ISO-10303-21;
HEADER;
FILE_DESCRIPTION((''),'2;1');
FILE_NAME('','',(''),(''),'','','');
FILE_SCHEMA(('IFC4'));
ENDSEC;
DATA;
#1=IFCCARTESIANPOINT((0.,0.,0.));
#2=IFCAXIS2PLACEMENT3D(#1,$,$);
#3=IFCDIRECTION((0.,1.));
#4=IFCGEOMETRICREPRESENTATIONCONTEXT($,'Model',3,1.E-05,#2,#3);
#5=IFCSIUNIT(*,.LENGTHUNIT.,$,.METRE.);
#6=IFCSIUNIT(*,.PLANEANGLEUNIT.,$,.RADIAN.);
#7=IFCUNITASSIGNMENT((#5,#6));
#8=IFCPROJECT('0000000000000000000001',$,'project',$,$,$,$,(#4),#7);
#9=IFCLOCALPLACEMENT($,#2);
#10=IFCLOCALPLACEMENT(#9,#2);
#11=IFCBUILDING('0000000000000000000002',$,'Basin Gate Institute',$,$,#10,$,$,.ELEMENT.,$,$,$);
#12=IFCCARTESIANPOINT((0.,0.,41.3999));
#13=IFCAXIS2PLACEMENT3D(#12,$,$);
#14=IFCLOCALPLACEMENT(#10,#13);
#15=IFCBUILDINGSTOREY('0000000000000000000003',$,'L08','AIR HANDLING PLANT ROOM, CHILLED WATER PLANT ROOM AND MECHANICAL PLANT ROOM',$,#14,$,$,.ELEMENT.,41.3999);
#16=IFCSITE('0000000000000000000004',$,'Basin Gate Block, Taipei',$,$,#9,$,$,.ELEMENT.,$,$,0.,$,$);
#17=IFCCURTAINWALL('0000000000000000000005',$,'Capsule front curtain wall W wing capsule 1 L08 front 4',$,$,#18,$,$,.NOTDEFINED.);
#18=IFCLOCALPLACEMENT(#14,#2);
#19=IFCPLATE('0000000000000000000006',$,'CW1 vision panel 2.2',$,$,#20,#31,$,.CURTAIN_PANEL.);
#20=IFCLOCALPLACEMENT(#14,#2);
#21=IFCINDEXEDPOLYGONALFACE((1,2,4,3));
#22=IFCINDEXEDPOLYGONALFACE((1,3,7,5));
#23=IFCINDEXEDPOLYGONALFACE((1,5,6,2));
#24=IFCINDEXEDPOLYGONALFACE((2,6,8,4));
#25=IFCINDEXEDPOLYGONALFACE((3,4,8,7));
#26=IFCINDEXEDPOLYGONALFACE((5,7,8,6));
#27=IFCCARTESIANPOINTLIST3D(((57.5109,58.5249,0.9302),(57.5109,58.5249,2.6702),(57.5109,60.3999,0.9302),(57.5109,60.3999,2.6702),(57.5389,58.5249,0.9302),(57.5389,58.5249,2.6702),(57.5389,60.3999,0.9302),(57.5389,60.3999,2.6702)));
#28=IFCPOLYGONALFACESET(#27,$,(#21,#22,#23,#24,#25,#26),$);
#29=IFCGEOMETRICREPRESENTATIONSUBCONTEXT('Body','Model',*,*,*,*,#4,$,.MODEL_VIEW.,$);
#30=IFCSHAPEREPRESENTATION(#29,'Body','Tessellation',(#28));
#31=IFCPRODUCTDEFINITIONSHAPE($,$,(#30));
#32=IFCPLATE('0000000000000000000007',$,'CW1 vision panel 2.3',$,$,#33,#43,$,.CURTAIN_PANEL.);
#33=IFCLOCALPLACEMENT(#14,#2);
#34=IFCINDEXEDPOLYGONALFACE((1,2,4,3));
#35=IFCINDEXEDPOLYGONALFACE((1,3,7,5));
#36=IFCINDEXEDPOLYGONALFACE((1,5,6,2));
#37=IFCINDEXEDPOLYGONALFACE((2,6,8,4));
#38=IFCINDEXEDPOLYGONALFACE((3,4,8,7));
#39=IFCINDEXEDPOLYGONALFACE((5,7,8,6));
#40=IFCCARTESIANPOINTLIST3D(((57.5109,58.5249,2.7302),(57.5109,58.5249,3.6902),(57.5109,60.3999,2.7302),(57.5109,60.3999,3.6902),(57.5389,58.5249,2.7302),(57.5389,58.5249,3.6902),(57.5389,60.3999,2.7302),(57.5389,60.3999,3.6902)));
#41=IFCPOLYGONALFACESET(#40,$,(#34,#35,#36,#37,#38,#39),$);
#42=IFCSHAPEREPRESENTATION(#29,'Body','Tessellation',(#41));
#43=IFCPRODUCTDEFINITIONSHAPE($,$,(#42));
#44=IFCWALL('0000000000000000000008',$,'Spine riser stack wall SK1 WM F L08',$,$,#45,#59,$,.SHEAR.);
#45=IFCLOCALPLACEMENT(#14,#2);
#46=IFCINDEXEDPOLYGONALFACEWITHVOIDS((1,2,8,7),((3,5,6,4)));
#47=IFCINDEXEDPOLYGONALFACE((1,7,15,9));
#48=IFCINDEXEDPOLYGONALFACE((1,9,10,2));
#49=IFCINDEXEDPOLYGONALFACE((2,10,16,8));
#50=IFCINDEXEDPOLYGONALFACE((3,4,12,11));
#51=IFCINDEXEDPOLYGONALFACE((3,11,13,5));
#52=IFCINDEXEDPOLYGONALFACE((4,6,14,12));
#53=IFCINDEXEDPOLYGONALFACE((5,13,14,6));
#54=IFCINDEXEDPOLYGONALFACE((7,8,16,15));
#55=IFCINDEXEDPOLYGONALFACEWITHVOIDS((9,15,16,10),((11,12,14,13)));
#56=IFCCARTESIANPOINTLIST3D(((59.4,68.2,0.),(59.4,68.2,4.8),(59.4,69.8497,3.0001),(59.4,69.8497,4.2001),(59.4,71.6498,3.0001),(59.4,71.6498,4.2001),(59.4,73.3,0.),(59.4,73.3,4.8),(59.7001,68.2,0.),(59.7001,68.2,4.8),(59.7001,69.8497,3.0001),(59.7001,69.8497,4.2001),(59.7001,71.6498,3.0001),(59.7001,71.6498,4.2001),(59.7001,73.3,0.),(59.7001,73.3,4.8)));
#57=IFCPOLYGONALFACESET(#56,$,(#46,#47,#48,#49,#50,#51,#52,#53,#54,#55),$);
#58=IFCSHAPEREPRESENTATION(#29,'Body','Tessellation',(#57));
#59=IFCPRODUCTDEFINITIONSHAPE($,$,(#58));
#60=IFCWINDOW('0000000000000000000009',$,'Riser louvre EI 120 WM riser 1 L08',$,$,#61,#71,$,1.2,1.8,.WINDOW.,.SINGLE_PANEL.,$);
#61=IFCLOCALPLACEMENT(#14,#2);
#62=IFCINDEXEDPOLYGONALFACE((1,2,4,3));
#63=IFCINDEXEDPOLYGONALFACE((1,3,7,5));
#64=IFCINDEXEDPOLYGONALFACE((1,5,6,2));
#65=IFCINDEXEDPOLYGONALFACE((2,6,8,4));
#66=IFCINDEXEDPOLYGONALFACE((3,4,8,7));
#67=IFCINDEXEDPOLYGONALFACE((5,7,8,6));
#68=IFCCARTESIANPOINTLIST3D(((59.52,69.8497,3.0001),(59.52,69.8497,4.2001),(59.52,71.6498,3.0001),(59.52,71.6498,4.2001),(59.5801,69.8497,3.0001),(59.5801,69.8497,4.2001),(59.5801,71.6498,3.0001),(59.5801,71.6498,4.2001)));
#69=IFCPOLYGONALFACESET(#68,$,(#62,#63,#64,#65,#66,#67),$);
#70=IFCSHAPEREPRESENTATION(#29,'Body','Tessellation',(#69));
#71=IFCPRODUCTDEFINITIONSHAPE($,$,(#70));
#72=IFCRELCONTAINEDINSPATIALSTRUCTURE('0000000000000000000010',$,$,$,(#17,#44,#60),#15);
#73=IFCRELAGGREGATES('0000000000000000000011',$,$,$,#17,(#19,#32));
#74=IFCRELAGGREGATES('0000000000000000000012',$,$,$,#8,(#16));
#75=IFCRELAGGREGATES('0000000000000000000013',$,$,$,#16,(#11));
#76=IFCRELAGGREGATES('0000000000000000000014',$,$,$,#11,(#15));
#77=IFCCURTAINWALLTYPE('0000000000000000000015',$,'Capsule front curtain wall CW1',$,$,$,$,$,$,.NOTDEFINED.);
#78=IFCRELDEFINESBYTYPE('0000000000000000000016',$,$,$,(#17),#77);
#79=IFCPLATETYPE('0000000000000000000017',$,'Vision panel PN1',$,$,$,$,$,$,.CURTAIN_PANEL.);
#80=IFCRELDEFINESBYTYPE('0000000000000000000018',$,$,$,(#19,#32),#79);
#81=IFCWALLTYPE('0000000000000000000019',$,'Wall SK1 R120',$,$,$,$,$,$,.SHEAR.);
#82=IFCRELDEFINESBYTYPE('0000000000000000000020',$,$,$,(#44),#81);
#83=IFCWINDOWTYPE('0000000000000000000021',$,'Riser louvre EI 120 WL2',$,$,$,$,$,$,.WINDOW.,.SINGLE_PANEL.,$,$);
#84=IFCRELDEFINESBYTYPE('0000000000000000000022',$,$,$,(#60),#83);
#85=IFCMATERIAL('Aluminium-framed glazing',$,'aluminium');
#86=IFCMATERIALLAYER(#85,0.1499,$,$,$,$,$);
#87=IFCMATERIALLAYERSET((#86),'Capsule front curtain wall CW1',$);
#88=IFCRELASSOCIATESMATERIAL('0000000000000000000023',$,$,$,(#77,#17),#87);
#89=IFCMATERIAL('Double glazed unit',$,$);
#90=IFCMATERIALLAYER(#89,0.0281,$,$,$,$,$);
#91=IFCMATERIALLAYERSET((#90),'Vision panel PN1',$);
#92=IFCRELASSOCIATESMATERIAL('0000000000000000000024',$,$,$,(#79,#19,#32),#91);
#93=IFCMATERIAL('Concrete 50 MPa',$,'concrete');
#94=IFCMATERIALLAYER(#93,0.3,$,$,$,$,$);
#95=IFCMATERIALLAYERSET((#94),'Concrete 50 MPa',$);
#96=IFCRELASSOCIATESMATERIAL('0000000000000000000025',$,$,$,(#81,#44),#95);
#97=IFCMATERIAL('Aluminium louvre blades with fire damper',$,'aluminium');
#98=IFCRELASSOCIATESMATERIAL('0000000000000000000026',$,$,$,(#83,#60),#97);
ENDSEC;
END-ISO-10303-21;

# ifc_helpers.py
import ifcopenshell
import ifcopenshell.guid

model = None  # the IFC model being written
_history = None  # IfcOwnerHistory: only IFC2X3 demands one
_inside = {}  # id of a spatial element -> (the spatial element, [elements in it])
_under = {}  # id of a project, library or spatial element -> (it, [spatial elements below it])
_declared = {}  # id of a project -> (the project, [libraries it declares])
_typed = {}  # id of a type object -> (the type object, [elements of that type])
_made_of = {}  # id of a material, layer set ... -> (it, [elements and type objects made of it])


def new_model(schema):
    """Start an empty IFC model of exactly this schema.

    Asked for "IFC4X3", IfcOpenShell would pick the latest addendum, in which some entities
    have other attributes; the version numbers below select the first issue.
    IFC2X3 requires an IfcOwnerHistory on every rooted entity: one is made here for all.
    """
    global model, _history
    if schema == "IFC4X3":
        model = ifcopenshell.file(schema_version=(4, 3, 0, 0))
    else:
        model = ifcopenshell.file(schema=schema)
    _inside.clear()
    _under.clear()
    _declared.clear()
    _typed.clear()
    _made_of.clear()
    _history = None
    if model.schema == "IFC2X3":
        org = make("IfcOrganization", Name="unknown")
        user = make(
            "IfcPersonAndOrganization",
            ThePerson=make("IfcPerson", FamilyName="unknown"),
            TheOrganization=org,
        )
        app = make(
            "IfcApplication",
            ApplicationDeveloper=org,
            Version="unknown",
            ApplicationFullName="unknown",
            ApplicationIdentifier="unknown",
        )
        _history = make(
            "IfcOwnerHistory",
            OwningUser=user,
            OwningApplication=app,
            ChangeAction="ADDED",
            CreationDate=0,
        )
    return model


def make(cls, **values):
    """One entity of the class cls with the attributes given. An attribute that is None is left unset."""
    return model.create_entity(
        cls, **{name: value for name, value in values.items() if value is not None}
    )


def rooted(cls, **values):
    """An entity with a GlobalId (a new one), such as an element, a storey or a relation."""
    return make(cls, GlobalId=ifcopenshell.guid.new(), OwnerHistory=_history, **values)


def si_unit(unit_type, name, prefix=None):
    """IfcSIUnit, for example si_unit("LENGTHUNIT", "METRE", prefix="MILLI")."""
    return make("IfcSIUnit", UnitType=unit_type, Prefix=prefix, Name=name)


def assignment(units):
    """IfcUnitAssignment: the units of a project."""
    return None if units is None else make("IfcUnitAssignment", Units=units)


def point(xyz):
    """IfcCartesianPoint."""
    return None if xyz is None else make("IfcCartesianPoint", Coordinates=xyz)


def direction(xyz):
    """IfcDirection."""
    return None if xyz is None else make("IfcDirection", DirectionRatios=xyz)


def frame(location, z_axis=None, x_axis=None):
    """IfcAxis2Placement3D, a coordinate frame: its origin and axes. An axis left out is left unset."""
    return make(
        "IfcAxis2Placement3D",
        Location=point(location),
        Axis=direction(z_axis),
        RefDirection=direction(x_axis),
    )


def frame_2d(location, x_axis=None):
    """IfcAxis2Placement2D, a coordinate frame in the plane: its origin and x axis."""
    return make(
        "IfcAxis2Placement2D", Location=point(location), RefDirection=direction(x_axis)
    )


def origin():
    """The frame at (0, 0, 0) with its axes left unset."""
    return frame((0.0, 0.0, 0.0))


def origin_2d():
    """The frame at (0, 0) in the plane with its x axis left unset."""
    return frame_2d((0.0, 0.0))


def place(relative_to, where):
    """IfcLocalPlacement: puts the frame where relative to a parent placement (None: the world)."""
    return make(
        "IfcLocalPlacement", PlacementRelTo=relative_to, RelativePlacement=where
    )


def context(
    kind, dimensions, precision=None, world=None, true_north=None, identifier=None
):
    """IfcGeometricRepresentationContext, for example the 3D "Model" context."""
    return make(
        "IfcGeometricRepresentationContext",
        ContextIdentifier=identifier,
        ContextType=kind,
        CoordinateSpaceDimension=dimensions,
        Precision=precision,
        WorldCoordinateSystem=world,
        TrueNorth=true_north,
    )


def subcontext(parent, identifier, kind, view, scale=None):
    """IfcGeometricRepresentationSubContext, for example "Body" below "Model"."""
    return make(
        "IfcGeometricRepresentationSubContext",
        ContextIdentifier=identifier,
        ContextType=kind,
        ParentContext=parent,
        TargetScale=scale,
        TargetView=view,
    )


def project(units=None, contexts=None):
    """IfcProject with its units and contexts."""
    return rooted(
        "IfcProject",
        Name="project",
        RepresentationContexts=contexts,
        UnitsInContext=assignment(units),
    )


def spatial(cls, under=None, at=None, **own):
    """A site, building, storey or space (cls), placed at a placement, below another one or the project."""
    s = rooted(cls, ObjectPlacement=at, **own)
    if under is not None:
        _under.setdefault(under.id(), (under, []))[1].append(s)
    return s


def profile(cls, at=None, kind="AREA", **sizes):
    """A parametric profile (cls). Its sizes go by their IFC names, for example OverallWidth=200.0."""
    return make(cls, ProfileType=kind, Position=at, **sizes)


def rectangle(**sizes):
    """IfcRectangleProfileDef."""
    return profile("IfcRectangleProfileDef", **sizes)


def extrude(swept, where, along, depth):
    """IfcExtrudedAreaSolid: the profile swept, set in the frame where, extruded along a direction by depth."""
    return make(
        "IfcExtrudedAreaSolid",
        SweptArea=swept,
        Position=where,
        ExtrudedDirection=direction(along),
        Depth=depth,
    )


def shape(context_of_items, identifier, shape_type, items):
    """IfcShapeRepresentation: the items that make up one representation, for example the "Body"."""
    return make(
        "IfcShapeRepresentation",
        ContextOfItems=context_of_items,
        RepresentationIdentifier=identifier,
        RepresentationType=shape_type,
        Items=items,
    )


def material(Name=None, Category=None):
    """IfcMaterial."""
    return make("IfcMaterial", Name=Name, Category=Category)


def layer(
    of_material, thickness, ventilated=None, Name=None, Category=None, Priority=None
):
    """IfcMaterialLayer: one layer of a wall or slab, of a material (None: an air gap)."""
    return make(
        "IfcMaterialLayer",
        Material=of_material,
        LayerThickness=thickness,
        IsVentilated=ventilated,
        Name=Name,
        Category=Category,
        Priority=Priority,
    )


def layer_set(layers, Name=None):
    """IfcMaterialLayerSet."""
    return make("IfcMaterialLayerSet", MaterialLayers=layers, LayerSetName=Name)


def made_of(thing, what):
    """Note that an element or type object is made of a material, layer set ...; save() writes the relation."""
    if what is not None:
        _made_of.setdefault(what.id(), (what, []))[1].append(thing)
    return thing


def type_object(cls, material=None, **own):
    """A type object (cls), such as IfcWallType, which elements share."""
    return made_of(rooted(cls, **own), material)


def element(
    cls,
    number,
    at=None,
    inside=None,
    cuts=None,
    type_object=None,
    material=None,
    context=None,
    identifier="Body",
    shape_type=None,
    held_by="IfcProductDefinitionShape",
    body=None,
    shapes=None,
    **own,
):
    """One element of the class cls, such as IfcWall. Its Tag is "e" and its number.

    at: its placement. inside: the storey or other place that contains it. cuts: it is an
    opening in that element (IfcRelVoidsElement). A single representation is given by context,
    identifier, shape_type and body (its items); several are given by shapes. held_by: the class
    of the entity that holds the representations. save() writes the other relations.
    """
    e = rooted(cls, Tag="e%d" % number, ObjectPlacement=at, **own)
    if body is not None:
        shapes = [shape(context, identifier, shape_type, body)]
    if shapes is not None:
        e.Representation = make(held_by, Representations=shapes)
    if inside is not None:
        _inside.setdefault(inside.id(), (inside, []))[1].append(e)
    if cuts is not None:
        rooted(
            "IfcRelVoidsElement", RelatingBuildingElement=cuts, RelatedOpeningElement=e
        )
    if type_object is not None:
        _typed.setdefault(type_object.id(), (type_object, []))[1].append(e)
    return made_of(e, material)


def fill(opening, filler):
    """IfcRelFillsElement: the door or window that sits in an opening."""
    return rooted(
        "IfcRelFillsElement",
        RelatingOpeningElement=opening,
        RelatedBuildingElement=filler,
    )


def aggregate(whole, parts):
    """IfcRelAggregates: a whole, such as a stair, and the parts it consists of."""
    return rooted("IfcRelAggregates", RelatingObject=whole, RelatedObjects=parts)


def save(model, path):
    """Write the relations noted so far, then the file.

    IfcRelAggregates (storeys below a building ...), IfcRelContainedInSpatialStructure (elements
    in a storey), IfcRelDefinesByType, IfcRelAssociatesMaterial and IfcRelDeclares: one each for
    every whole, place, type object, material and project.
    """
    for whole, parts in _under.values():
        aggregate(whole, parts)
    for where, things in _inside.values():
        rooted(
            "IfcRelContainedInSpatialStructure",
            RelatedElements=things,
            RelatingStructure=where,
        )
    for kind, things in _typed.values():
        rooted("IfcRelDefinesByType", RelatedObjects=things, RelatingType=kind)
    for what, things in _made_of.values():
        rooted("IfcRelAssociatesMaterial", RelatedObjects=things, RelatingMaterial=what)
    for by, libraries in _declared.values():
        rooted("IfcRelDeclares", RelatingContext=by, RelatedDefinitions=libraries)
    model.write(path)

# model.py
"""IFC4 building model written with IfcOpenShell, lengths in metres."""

from ifc_helpers import new_model, si_unit, direction, frame, frame_2d, origin, origin_2d, place, context, subcontext, project, spatial, rectangle, extrude, material, layer, layer_set, type_object, element, fill, aggregate, save


model = new_model("IFC4")

# Units and contexts
model_context = context("Model", 3, precision=1e-05, world=origin(), true_north=direction((0.0, 1.0)))
body_context = subcontext(model_context, "Body", "Model", "MODEL_VIEW")
ifc_project = project(units=[si_unit("LENGTHUNIT", "METRE"), si_unit("PLANEANGLEUNIT", "RADIAN")], contexts=[model_context])

# Site, building, storey
site_placement = place(None, origin())
site = spatial("IfcSite", under=ifc_project, at=site_placement, Name="Basin Gate Block, Taipei", CompositionType="ELEMENT", RefElevation=0.0)
building_placement = place(site_placement, origin())
building = spatial("IfcBuilding", under=site, at=building_placement, Name="Basin Gate Institute", CompositionType="ELEMENT")
storey_placement = place(building_placement, frame((0.0, 0.0, 41.3999)))
storey = spatial("IfcBuildingStorey", under=building, at=storey_placement, Name="L08", Description="AIR HANDLING PLANT ROOM, CHILLED WATER PLANT ROOM AND MECHANICAL PLANT ROOM", CompositionType="ELEMENT", Elevation=41.3999)

# Curtain wall
ifc_material_1 = material(Name="Aluminium-framed glazing", Category="aluminium")
ifc_layer_1 = layer(ifc_material_1, 0.1499)
ifc_layer_set_1 = layer_set([ifc_layer_1], Name="Capsule front curtain wall CW1")
curtain_wall_type = type_object("IfcCurtainWallType", Name="Capsule front curtain wall CW1", PredefinedType="NOTDEFINED", material=ifc_layer_set_1)
curtain_wall_1_placement = place(storey_placement, origin())
curtain_wall_1 = element("IfcCurtainWall", 1, at=curtain_wall_1_placement, inside=storey, type_object=curtain_wall_type, material=ifc_layer_set_1, Name="Capsule front curtain wall W wing capsule 1 L08 front 4", PredefinedType="NOTDEFINED")

# Plates
ifc_material_2 = material(Name="Double glazed unit")
ifc_layer_2 = layer(ifc_material_2, 0.0281)
ifc_layer_set_2 = layer_set([ifc_layer_2], Name="Vision panel PN1")
plate_type_1 = type_object("IfcPlateType", Name="Vision panel PN1", PredefinedType="CURTAIN_PANEL", material=ifc_layer_set_2)
plate_1_placement = place(storey_placement, frame((57.5249, 59.4624, 0.9302), z_axis=(0.0, 0.0, 1.0), x_axis=(0.0, 1.0, 0.0)))
plate_1 = element("IfcPlate", 2, at=plate_1_placement, type_object=plate_type_1, material=ifc_layer_set_2, Name="CW1 vision panel 2.2", PredefinedType="CURTAIN_PANEL", context=body_context, shape_type="SweptSolid", body=[
    extrude(rectangle(XDim=1.875, YDim=0.0281, at=origin_2d()), origin(), (0.0, 0.0, 1.0), 1.74),
])
plate_2_placement = place(storey_placement, frame((57.5249, 59.4624, 2.7302), z_axis=(0.0, 0.0, 1.0), x_axis=(0.0, 1.0, 0.0)))
plate_2 = element("IfcPlate", 3, at=plate_2_placement, type_object=plate_type_1, material=ifc_layer_set_2, Name="CW1 vision panel 2.3", PredefinedType="CURTAIN_PANEL", context=body_context, shape_type="SweptSolid", body=[
    extrude(rectangle(XDim=1.875, YDim=0.0281, at=origin_2d()), origin(), (0.0, 0.0, 1.0), 0.96),
])
aggregate(curtain_wall_1, [plate_1, plate_2])

# Wall, opening, window
ifc_material_3 = material(Name="Concrete 50 MPa", Category="concrete")
ifc_layer_3 = layer(ifc_material_3, 0.3)
ifc_layer_set_3 = layer_set([ifc_layer_3], Name="Concrete 50 MPa")
wall_type = type_object("IfcWallType", Name="Wall SK1 R120", PredefinedType="SHEAR", material=ifc_layer_set_3)
wall_placement = place(storey_placement, frame((59.55, 68.2, 0.0), z_axis=(0.0, 0.0, 1.0), x_axis=(0.0, 1.0, 0.0)))
wall = element("IfcWall", 4, at=wall_placement, inside=storey, type_object=wall_type, material=ifc_layer_set_3, Name="Spine riser stack wall SK1 WM F L08", PredefinedType="SHEAR", context=body_context, shape_type="SweptSolid", body=[
    extrude(rectangle(XDim=5.1001, YDim=0.3, at=frame_2d((2.55, 0.0))), origin(), (0.0, 0.0, 1.0), 4.8),
])
opening_placement = place(wall_placement, frame((1.6499, 0.0, 3.0)))
opening = element("IfcOpeningElement", 5, at=opening_placement, cuts=wall, PredefinedType="OPENING", context=body_context, shape_type="SweptSolid", body=[
    extrude(rectangle(XDim=1.8, YDim=1.2, at=frame_2d((0.8999, 0.6001))), frame((0.0, 0.1602, 0.0), z_axis=(0.0, -1.0, 0.0), x_axis=(1.0, 0.0, 0.0)), (0.0, 0.0, 1.0), 0.3201),
])
ifc_material_4 = material(Name="Aluminium louvre blades with fire damper", Category="aluminium")
window_type = type_object("IfcWindowType", Name="Riser louvre EI 120 WL2", PartitioningType="SINGLE_PANEL", PredefinedType="WINDOW", material=ifc_material_4)
window_placement = place(opening_placement, origin())
window = element("IfcWindow", 6, at=window_placement, inside=storey, type_object=window_type, material=ifc_material_4, Name="Riser louvre EI 120 WM riser 1 L08", OverallHeight=1.2, OverallWidth=1.8, PartitioningType="SINGLE_PANEL", PredefinedType="WINDOW", context=body_context, shape_type="SweptSolid", body=[
    extrude(rectangle(XDim=1.8, YDim=1.2, at=frame_2d((0.8999, 0.6001))), frame((0.0, 0.03, 0.0), z_axis=(0.0, -1.0, 0.0), x_axis=(1.0, 0.0, 0.0)), (0.0, 0.0, 1.0), 0.0601),
])
fill(opening, window)

save(model, "model.ifc")
